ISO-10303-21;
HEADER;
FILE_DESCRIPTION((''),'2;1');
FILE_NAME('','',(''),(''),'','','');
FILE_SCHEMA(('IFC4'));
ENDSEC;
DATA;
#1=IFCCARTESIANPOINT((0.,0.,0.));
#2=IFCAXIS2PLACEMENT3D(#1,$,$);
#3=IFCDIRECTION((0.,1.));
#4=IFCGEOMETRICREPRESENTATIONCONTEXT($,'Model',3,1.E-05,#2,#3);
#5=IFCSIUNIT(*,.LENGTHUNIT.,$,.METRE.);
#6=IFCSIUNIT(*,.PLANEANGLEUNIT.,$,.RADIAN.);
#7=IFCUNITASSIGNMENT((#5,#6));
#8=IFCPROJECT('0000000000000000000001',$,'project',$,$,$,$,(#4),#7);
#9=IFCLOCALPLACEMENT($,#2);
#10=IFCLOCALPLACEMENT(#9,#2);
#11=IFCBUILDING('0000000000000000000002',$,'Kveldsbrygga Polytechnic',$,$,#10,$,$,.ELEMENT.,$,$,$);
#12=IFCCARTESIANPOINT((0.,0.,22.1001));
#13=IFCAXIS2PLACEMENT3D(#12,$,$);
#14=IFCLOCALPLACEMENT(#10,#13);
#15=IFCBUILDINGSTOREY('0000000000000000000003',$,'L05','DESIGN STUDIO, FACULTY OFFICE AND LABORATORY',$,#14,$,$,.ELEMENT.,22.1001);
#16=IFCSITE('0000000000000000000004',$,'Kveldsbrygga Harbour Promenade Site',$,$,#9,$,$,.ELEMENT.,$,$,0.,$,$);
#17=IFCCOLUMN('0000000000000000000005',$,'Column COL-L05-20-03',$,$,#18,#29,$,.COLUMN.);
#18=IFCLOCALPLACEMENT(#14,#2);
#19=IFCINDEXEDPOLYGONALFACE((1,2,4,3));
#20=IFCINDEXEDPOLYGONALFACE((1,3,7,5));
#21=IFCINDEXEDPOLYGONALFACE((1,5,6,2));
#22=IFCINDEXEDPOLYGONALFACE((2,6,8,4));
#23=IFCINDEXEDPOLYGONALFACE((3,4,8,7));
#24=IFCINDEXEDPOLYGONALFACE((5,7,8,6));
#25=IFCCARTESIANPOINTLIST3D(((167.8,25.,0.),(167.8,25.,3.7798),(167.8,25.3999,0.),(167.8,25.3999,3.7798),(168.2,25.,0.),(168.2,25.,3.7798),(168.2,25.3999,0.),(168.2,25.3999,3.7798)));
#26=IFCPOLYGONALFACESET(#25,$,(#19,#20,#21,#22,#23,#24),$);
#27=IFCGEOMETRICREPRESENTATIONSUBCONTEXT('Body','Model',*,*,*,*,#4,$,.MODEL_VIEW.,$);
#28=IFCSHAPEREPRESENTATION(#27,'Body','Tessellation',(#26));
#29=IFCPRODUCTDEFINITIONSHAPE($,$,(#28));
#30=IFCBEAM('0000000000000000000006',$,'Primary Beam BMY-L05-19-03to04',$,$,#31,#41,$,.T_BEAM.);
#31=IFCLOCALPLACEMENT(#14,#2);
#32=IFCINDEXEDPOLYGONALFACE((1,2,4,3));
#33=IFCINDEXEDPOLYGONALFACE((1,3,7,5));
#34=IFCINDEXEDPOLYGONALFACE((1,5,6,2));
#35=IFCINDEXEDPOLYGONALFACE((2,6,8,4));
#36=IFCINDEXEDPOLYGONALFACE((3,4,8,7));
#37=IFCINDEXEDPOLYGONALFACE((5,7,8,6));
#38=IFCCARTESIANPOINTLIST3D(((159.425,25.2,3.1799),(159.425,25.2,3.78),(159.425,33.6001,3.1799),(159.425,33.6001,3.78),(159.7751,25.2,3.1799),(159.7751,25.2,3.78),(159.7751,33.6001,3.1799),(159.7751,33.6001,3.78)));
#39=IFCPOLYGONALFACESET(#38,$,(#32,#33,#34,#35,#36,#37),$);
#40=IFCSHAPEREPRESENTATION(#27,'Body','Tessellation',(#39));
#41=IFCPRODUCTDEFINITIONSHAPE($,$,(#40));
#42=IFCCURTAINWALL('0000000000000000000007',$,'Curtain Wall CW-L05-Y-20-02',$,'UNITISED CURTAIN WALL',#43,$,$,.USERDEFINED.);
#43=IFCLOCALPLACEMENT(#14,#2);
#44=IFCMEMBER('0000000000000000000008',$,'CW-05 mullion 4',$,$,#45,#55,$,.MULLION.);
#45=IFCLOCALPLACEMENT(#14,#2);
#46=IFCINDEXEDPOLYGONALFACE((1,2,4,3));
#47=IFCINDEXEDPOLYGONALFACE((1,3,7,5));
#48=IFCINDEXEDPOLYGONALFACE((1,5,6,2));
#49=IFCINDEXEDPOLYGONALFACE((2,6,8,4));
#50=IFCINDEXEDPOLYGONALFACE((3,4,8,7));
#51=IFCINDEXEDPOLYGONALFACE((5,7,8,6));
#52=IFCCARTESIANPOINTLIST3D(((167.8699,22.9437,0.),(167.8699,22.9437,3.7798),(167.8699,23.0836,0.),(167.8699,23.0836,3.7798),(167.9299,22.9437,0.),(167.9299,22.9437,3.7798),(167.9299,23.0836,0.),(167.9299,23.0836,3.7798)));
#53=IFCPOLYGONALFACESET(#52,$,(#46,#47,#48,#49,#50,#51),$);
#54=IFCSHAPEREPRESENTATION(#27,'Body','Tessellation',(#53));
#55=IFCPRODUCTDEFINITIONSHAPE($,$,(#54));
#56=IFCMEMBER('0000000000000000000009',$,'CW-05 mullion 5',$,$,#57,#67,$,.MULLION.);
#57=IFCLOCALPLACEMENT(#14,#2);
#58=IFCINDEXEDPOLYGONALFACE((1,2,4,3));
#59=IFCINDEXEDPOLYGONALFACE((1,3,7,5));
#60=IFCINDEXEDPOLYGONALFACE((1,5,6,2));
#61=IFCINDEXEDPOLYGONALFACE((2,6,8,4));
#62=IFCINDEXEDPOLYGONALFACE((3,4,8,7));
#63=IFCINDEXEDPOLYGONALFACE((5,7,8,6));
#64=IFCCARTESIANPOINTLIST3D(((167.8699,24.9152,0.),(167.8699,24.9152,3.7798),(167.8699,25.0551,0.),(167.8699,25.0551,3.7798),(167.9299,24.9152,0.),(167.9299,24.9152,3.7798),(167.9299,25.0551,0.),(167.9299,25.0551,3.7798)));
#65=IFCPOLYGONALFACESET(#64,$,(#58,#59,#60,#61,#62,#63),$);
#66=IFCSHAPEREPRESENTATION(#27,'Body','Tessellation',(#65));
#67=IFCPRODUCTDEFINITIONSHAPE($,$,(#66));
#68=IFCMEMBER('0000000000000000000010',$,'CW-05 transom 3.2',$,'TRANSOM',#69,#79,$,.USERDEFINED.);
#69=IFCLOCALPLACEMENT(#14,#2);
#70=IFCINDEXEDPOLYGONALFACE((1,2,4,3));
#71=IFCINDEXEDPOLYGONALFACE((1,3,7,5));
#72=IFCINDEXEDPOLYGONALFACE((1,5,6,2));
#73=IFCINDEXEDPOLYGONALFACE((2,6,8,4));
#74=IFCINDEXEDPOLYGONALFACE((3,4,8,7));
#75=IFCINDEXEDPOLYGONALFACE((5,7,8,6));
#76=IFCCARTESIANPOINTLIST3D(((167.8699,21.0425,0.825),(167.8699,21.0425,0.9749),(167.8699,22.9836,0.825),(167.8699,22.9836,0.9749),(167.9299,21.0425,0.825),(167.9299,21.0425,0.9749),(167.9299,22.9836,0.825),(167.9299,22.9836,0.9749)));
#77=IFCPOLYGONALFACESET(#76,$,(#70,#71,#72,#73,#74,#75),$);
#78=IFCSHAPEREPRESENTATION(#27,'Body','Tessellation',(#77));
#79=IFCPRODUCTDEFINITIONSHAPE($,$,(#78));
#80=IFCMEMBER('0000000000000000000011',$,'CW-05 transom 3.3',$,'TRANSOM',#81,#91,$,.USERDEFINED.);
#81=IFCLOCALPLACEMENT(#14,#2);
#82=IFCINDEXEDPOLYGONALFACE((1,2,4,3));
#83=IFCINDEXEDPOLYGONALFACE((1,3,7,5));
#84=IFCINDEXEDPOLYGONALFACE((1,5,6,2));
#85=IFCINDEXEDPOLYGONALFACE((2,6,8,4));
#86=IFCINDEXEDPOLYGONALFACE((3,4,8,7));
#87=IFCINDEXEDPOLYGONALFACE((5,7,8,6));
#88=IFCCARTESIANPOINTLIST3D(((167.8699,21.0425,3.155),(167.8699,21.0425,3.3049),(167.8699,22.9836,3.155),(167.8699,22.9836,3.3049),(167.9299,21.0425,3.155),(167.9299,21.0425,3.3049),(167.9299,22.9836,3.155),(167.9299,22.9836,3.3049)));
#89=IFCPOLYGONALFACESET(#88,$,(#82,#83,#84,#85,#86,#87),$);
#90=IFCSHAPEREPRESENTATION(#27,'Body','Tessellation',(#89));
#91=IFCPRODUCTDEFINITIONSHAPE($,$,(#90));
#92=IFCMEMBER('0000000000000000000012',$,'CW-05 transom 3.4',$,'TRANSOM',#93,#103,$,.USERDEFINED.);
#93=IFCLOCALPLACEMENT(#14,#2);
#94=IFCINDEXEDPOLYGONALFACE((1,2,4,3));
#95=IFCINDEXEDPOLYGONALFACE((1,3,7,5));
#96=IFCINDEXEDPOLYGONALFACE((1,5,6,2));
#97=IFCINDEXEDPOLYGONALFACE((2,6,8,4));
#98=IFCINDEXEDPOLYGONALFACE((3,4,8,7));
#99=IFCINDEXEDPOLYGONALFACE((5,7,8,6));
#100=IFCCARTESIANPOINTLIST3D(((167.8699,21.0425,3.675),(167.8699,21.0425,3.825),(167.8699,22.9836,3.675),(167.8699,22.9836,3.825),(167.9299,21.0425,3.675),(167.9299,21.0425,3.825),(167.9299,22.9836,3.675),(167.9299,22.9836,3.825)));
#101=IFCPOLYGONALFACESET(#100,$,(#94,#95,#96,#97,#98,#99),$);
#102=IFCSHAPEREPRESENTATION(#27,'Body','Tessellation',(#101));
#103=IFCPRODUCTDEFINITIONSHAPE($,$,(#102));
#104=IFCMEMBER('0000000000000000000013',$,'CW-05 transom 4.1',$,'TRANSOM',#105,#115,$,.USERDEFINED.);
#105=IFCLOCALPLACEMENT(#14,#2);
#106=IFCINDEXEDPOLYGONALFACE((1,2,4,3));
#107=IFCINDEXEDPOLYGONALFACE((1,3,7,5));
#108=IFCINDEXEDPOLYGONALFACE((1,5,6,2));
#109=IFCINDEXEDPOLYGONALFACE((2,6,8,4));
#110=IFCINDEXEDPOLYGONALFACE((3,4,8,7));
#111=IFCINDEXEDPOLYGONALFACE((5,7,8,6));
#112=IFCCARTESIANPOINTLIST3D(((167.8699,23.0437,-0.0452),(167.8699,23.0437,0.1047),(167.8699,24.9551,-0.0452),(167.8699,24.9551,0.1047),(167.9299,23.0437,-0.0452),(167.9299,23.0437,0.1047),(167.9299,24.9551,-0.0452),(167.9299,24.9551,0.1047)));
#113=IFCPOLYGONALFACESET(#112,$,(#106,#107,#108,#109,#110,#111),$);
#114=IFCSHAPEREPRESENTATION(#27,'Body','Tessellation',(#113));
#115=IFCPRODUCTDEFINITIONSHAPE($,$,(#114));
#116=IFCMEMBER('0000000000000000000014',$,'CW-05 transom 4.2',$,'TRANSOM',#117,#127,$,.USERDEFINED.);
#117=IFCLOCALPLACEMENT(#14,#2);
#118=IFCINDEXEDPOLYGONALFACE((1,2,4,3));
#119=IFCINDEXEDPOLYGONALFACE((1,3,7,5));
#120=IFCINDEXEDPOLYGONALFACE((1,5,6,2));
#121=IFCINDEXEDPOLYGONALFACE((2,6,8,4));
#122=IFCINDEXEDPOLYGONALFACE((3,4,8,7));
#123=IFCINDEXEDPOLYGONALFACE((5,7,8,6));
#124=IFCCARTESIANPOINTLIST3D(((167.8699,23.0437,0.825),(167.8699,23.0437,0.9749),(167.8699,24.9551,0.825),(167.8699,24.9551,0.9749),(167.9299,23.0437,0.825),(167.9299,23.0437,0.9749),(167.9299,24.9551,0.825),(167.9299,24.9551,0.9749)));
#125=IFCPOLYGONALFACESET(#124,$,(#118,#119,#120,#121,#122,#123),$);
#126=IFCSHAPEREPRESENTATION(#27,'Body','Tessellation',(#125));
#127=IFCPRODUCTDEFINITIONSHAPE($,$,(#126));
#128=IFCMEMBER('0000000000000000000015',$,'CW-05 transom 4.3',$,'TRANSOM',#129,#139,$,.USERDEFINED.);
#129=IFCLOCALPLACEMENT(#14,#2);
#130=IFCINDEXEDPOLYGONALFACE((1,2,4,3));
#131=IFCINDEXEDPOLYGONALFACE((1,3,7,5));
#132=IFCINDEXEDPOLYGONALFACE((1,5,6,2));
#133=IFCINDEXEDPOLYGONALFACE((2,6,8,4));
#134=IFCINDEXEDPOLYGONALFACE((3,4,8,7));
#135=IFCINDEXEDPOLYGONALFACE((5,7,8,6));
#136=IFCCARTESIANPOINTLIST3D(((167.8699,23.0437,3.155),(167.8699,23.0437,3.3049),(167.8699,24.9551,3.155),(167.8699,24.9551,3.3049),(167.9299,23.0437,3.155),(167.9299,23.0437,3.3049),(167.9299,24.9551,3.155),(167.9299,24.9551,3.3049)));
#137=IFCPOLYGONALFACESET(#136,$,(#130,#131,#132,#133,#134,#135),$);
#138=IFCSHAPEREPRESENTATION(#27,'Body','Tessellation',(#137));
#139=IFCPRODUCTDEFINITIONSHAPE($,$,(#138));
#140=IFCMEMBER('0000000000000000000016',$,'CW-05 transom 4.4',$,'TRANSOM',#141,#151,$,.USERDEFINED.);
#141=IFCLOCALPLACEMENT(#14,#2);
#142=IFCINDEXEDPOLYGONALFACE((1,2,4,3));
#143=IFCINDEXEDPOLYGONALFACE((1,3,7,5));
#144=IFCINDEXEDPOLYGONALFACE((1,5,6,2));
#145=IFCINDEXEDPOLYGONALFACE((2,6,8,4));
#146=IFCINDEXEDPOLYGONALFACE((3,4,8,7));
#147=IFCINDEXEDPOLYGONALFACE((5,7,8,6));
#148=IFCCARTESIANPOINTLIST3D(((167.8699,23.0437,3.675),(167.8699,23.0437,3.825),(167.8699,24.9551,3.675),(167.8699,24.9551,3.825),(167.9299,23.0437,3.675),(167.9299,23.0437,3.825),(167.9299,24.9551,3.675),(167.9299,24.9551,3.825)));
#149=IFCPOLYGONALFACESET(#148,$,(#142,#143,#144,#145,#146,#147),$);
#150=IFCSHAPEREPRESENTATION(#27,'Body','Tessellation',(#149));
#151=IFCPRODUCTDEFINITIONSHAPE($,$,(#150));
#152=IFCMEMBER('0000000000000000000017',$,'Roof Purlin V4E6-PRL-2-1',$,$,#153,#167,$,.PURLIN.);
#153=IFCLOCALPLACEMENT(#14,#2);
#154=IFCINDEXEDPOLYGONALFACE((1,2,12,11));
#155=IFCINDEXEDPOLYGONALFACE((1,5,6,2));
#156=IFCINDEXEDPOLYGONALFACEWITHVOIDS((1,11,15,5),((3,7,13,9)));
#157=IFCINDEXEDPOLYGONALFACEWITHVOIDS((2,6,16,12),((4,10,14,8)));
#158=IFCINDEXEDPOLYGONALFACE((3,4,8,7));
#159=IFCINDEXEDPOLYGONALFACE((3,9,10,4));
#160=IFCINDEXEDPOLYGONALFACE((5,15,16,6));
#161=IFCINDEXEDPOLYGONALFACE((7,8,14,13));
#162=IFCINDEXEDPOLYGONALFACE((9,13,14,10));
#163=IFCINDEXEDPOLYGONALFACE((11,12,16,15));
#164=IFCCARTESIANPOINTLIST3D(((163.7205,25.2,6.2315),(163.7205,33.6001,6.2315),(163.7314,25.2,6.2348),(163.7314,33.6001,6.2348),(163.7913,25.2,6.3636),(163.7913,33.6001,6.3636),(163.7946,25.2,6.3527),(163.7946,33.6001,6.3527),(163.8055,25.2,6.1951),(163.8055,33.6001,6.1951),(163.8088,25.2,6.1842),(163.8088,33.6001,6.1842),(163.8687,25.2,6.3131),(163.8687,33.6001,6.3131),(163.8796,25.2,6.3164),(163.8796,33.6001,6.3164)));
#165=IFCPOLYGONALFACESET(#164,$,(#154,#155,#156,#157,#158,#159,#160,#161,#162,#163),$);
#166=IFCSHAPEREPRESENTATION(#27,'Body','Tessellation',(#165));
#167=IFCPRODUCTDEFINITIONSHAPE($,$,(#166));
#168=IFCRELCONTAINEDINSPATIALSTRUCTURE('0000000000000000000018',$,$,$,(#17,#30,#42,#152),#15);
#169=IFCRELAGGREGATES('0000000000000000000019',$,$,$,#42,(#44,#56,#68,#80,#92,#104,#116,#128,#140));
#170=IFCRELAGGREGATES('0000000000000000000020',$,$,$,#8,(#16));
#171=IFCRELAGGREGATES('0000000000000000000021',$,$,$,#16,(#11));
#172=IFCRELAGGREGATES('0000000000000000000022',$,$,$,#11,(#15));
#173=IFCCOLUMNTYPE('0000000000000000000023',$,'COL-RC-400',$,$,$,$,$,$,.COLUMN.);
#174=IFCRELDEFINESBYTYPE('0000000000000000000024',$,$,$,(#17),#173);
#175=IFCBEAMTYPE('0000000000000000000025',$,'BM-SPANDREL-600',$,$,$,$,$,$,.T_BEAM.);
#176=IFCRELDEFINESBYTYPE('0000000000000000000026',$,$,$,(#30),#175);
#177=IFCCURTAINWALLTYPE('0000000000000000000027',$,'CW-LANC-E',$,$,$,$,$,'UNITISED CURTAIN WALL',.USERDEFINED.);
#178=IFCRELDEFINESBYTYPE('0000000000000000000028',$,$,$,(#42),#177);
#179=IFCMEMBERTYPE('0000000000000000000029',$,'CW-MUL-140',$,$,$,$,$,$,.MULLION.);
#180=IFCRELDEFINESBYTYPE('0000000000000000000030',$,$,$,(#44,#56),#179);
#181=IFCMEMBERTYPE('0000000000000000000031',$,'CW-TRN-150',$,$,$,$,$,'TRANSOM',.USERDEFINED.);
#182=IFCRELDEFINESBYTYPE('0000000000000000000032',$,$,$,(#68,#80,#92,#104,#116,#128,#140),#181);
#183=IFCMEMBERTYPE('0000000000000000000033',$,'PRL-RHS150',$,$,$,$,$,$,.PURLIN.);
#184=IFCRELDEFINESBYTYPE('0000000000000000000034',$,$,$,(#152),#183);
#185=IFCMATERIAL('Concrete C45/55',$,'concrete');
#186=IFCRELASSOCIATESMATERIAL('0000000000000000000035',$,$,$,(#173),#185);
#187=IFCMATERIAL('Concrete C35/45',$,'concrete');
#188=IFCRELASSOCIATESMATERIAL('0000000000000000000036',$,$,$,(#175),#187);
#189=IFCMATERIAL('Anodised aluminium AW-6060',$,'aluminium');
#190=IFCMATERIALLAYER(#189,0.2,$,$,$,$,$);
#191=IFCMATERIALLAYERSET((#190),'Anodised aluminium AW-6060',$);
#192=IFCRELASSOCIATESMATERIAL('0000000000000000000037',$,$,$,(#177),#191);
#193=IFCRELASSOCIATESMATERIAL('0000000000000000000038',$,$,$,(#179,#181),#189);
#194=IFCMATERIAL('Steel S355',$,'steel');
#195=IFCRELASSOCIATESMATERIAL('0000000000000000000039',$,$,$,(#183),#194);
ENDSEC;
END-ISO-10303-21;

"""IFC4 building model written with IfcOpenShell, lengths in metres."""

from ifc_helpers import new_model, si_unit, direction, frame, origin, origin_2d, place, context, subcontext, project, spatial, rectangle, hollow_rectangle, extrude, material, layer, layer_set, material_profile, profile_set, type_object, element, aggregate, save


model = new_model("IFC4")

# Units and contexts
model_context = context("Model", 3, precision=1e-05, world=origin(), true_north=direction((0.0, 1.0)))
body_context = subcontext(model_context, "Body", "Model", "MODEL_VIEW")
ifc_project = project(units=[si_unit("LENGTHUNIT", "METRE"), si_unit("PLANEANGLEUNIT", "RADIAN")], contexts=[model_context])

# Site, building, storey
site_placement = place(None, origin())
site = spatial("IfcSite", under=ifc_project, at=site_placement, Name="Kveldsbrygga Harbour Promenade Site", CompositionType="ELEMENT", RefElevation=0.0)
building_placement = place(site_placement, origin())
building = spatial("IfcBuilding", under=site, at=building_placement, Name="Kveldsbrygga Polytechnic", CompositionType="ELEMENT")
storey_placement = place(building_placement, frame((0.0, 0.0, 22.1001)))
storey = spatial("IfcBuildingStorey", under=building, at=storey_placement, Name="L05", Description="DESIGN STUDIO, FACULTY OFFICE AND LABORATORY", CompositionType="ELEMENT", Elevation=22.1001)

# Column
ifc_material_1 = material(Name="Concrete C45/55", Category="concrete")
ifc_material_profile_1 = material_profile(ifc_material_1, rectangle(XDim=0.3999, YDim=0.3999, at=origin_2d()), Name="RC 400x400")
ifc_profile_set_1 = profile_set([ifc_material_profile_1], Name="Concrete C45/55")
column_type = type_object("IfcColumnType", Name="COL-RC-400", PredefinedType="COLUMN", material=ifc_profile_set_1)
column_placement = place(storey_placement, frame((168.0, 25.2, 0.0), z_axis=(0.0, 0.0, 1.0), x_axis=(1.0, 0.0, 0.0)))
element("IfcColumn", 1, at=column_placement, inside=storey, type_object=column_type, Name="Column COL-L05-20-03", PredefinedType="COLUMN", context=body_context, shape_type="SweptSolid", body=[
    extrude(rectangle(XDim=0.3999, YDim=0.3999, at=origin_2d()), origin(), (0.0, 0.0, 1.0), 3.7798),
])

# Beam
ifc_material_2 = material(Name="Concrete C35/45", Category="concrete")
ifc_material_profile_2 = material_profile(ifc_material_2, rectangle(XDim=0.3501, YDim=0.6001, at=origin_2d()), Name="RC 350x600")
ifc_profile_set_2 = profile_set([ifc_material_profile_2], Name="Concrete C35/45")
beam_type = type_object("IfcBeamType", Name="BM-SPANDREL-600", PredefinedType="T_BEAM", material=ifc_profile_set_2)
beam_placement = place(storey_placement, frame((159.6001, 25.2, 3.48), z_axis=(0.0, 1.0, 0.0), x_axis=(-1.0, 0.0, 0.0)))
element("IfcBeam", 2, at=beam_placement, inside=storey, type_object=beam_type, Name="Primary Beam BMY-L05-19-03to04", PredefinedType="T_BEAM", context=body_context, shape_type="SweptSolid", body=[
    extrude(rectangle(XDim=0.3501, YDim=0.6001, at=origin_2d()), origin(), (0.0, 0.0, 1.0), 8.4001),
])

# Curtain wall, members
ifc_material_3 = material(Name="Anodised aluminium AW-6060", Category="aluminium")
ifc_layer_1 = layer(ifc_material_3, 0.2)
ifc_layer_set_1 = layer_set([ifc_layer_1], Name="Anodised aluminium AW-6060")
curtain_wall_type = type_object("IfcCurtainWallType", Name="CW-LANC-E", ElementType="UNITISED CURTAIN WALL", PredefinedType="USERDEFINED", material=ifc_layer_set_1)
curtain_wall_placement = place(storey_placement, origin())
curtain_wall = element("IfcCurtainWall", 3, at=curtain_wall_placement, inside=storey, type_object=curtain_wall_type, Name="Curtain Wall CW-L05-Y-20-02", ObjectType="UNITISED CURTAIN WALL", PredefinedType="USERDEFINED")
ifc_material_profile_3 = material_profile(ifc_material_3, rectangle(XDim=0.0601, YDim=0.1399, at=origin_2d()), Name="ALU 60x140")
ifc_profile_set_3 = profile_set([ifc_material_profile_3], Name="Anodised aluminium AW-6060")
member_type_1 = type_object("IfcMemberType", Name="CW-MUL-140", PredefinedType="MULLION", material=ifc_profile_set_3)
member_1_placement = place(storey_placement, frame((167.8999, 23.0137, 0.0), z_axis=(0.0, 0.0, 1.0), x_axis=(-1.0, 0.0, 0.0)))
member_1 = element("IfcMember", 4, at=member_1_placement, type_object=member_type_1, Name="CW-05 mullion 4", PredefinedType="MULLION", context=body_context, shape_type="SweptSolid", body=[
    extrude(rectangle(XDim=0.0601, YDim=0.1399, at=origin_2d()), origin(), (0.0, 0.0, 1.0), 3.7798),
])
member_2_placement = place(storey_placement, frame((167.8999, 24.9851, 0.0), z_axis=(0.0, 0.0, 1.0), x_axis=(-1.0, 0.0, 0.0)))
member_2 = element("IfcMember", 5, at=member_2_placement, type_object=member_type_1, Name="CW-05 mullion 5", PredefinedType="MULLION", context=body_context, shape_type="SweptSolid", body=[
    extrude(rectangle(XDim=0.0601, YDim=0.1399, at=origin_2d()), origin(), (0.0, 0.0, 1.0), 3.7798),
])
ifc_material_profile_4 = material_profile(ifc_material_3, rectangle(XDim=0.0601, YDim=0.1499, at=origin_2d()), Name="ALU 60x150")
ifc_profile_set_4 = profile_set([ifc_material_profile_4], Name="Anodised aluminium AW-6060")
member_type_2 = type_object("IfcMemberType", Name="CW-TRN-150", ElementType="TRANSOM", PredefinedType="USERDEFINED", material=ifc_profile_set_4)
member_3_placement = place(storey_placement, frame((167.8999, 21.0425, 0.8999), z_axis=(0.0, 1.0, 0.0), x_axis=(-1.0, 0.0, 0.0)))
member_3 = element("IfcMember", 6, at=member_3_placement, type_object=member_type_2, Name="CW-05 transom 3.2", ObjectType="TRANSOM", PredefinedType="USERDEFINED", context=body_context, shape_type="SweptSolid", body=[
    extrude(rectangle(XDim=0.0601, YDim=0.1499, at=origin_2d()), origin(), (0.0, 0.0, 1.0), 1.9412),
])
member_4_placement = place(storey_placement, frame((167.8999, 21.0425, 3.23), z_axis=(0.0, 1.0, 0.0), x_axis=(-1.0, 0.0, 0.0)))
member_4 = element("IfcMember", 7, at=member_4_placement, type_object=member_type_2, Name="CW-05 transom 3.3", ObjectType="TRANSOM", PredefinedType="USERDEFINED", context=body_context, shape_type="SweptSolid", body=[
    extrude(rectangle(XDim=0.0601, YDim=0.1499, at=origin_2d()), origin(), (0.0, 0.0, 1.0), 1.9412),
])
member_5_placement = place(storey_placement, frame((167.8999, 21.0425, 3.75), z_axis=(0.0, 1.0, 0.0), x_axis=(-1.0, 0.0, 0.0)))
member_5 = element("IfcMember", 8, at=member_5_placement, type_object=member_type_2, Name="CW-05 transom 3.4", ObjectType="TRANSOM", PredefinedType="USERDEFINED", context=body_context, shape_type="SweptSolid", body=[
    extrude(rectangle(XDim=0.0601, YDim=0.1499, at=origin_2d()), origin(), (0.0, 0.0, 1.0), 1.9412),
])
member_6_placement = place(storey_placement, frame((167.8999, 23.0437, 0.0298), z_axis=(0.0, 1.0, 0.0), x_axis=(-1.0, 0.0, 0.0)))
member_6 = element("IfcMember", 9, at=member_6_placement, type_object=member_type_2, Name="CW-05 transom 4.1", ObjectType="TRANSOM", PredefinedType="USERDEFINED", context=body_context, shape_type="SweptSolid", body=[
    extrude(rectangle(XDim=0.0601, YDim=0.1499, at=origin_2d()), origin(), (0.0, 0.0, 1.0), 1.9114),
])
member_7_placement = place(storey_placement, frame((167.8999, 23.0437, 0.8999), z_axis=(0.0, 1.0, 0.0), x_axis=(-1.0, 0.0, 0.0)))
member_7 = element("IfcMember", 10, at=member_7_placement, type_object=member_type_2, Name="CW-05 transom 4.2", ObjectType="TRANSOM", PredefinedType="USERDEFINED", context=body_context, shape_type="SweptSolid", body=[
    extrude(rectangle(XDim=0.0601, YDim=0.1499, at=origin_2d()), origin(), (0.0, 0.0, 1.0), 1.9114),
])
member_8_placement = place(storey_placement, frame((167.8999, 23.0437, 3.23), z_axis=(0.0, 1.0, 0.0), x_axis=(-1.0, 0.0, 0.0)))
member_8 = element("IfcMember", 11, at=member_8_placement, type_object=member_type_2, Name="CW-05 transom 4.3", ObjectType="TRANSOM", PredefinedType="USERDEFINED", context=body_context, shape_type="SweptSolid", body=[
    extrude(rectangle(XDim=0.0601, YDim=0.1499, at=origin_2d()), origin(), (0.0, 0.0, 1.0), 1.9114),
])
member_9_placement = place(storey_placement, frame((167.8999, 23.0437, 3.75), z_axis=(0.0, 1.0, 0.0), x_axis=(-1.0, 0.0, 0.0)))
member_9 = element("IfcMember", 12, at=member_9_placement, type_object=member_type_2, Name="CW-05 transom 4.4", ObjectType="TRANSOM", PredefinedType="USERDEFINED", context=body_context, shape_type="SweptSolid", body=[
    extrude(rectangle(XDim=0.0601, YDim=0.1499, at=origin_2d()), origin(), (0.0, 0.0, 1.0), 1.9114),
])

# Member
ifc_material_4 = material(Name="Steel S355", Category="steel")
ifc_material_profile_5 = material_profile(ifc_material_4, hollow_rectangle(XDim=0.1001, YDim=0.1499, WallThickness=0.0081, at=origin_2d()), Name="RHS 150x100x8.0")
ifc_profile_set_5 = profile_set([ifc_material_profile_5], Name="Steel S355")
member_type_3 = type_object("IfcMemberType", Name="PRL-RHS150", PredefinedType="PURLIN", material=ifc_profile_set_5)
member_10_placement = place(storey_placement, frame((163.8, 25.2, 6.2739), z_axis=(0.0, 1.0, 0.0), x_axis=(-0.88148, 0.0, 0.472222)))
element("IfcMember", 13, at=member_10_placement, inside=storey, type_object=member_type_3, Name="Roof Purlin V4E6-PRL-2-1", PredefinedType="PURLIN", context=body_context, shape_type="SweptSolid", body=[
    extrude(hollow_rectangle(XDim=0.1001, YDim=0.1499, WallThickness=0.0081, at=origin_2d()), origin(), (0.0, 0.0, 1.0), 8.4001),
])

aggregate(curtain_wall, [member_1, member_2, member_3, member_4, member_5, member_6, member_7, member_8, member_9])

save(model, "model.ifc")
